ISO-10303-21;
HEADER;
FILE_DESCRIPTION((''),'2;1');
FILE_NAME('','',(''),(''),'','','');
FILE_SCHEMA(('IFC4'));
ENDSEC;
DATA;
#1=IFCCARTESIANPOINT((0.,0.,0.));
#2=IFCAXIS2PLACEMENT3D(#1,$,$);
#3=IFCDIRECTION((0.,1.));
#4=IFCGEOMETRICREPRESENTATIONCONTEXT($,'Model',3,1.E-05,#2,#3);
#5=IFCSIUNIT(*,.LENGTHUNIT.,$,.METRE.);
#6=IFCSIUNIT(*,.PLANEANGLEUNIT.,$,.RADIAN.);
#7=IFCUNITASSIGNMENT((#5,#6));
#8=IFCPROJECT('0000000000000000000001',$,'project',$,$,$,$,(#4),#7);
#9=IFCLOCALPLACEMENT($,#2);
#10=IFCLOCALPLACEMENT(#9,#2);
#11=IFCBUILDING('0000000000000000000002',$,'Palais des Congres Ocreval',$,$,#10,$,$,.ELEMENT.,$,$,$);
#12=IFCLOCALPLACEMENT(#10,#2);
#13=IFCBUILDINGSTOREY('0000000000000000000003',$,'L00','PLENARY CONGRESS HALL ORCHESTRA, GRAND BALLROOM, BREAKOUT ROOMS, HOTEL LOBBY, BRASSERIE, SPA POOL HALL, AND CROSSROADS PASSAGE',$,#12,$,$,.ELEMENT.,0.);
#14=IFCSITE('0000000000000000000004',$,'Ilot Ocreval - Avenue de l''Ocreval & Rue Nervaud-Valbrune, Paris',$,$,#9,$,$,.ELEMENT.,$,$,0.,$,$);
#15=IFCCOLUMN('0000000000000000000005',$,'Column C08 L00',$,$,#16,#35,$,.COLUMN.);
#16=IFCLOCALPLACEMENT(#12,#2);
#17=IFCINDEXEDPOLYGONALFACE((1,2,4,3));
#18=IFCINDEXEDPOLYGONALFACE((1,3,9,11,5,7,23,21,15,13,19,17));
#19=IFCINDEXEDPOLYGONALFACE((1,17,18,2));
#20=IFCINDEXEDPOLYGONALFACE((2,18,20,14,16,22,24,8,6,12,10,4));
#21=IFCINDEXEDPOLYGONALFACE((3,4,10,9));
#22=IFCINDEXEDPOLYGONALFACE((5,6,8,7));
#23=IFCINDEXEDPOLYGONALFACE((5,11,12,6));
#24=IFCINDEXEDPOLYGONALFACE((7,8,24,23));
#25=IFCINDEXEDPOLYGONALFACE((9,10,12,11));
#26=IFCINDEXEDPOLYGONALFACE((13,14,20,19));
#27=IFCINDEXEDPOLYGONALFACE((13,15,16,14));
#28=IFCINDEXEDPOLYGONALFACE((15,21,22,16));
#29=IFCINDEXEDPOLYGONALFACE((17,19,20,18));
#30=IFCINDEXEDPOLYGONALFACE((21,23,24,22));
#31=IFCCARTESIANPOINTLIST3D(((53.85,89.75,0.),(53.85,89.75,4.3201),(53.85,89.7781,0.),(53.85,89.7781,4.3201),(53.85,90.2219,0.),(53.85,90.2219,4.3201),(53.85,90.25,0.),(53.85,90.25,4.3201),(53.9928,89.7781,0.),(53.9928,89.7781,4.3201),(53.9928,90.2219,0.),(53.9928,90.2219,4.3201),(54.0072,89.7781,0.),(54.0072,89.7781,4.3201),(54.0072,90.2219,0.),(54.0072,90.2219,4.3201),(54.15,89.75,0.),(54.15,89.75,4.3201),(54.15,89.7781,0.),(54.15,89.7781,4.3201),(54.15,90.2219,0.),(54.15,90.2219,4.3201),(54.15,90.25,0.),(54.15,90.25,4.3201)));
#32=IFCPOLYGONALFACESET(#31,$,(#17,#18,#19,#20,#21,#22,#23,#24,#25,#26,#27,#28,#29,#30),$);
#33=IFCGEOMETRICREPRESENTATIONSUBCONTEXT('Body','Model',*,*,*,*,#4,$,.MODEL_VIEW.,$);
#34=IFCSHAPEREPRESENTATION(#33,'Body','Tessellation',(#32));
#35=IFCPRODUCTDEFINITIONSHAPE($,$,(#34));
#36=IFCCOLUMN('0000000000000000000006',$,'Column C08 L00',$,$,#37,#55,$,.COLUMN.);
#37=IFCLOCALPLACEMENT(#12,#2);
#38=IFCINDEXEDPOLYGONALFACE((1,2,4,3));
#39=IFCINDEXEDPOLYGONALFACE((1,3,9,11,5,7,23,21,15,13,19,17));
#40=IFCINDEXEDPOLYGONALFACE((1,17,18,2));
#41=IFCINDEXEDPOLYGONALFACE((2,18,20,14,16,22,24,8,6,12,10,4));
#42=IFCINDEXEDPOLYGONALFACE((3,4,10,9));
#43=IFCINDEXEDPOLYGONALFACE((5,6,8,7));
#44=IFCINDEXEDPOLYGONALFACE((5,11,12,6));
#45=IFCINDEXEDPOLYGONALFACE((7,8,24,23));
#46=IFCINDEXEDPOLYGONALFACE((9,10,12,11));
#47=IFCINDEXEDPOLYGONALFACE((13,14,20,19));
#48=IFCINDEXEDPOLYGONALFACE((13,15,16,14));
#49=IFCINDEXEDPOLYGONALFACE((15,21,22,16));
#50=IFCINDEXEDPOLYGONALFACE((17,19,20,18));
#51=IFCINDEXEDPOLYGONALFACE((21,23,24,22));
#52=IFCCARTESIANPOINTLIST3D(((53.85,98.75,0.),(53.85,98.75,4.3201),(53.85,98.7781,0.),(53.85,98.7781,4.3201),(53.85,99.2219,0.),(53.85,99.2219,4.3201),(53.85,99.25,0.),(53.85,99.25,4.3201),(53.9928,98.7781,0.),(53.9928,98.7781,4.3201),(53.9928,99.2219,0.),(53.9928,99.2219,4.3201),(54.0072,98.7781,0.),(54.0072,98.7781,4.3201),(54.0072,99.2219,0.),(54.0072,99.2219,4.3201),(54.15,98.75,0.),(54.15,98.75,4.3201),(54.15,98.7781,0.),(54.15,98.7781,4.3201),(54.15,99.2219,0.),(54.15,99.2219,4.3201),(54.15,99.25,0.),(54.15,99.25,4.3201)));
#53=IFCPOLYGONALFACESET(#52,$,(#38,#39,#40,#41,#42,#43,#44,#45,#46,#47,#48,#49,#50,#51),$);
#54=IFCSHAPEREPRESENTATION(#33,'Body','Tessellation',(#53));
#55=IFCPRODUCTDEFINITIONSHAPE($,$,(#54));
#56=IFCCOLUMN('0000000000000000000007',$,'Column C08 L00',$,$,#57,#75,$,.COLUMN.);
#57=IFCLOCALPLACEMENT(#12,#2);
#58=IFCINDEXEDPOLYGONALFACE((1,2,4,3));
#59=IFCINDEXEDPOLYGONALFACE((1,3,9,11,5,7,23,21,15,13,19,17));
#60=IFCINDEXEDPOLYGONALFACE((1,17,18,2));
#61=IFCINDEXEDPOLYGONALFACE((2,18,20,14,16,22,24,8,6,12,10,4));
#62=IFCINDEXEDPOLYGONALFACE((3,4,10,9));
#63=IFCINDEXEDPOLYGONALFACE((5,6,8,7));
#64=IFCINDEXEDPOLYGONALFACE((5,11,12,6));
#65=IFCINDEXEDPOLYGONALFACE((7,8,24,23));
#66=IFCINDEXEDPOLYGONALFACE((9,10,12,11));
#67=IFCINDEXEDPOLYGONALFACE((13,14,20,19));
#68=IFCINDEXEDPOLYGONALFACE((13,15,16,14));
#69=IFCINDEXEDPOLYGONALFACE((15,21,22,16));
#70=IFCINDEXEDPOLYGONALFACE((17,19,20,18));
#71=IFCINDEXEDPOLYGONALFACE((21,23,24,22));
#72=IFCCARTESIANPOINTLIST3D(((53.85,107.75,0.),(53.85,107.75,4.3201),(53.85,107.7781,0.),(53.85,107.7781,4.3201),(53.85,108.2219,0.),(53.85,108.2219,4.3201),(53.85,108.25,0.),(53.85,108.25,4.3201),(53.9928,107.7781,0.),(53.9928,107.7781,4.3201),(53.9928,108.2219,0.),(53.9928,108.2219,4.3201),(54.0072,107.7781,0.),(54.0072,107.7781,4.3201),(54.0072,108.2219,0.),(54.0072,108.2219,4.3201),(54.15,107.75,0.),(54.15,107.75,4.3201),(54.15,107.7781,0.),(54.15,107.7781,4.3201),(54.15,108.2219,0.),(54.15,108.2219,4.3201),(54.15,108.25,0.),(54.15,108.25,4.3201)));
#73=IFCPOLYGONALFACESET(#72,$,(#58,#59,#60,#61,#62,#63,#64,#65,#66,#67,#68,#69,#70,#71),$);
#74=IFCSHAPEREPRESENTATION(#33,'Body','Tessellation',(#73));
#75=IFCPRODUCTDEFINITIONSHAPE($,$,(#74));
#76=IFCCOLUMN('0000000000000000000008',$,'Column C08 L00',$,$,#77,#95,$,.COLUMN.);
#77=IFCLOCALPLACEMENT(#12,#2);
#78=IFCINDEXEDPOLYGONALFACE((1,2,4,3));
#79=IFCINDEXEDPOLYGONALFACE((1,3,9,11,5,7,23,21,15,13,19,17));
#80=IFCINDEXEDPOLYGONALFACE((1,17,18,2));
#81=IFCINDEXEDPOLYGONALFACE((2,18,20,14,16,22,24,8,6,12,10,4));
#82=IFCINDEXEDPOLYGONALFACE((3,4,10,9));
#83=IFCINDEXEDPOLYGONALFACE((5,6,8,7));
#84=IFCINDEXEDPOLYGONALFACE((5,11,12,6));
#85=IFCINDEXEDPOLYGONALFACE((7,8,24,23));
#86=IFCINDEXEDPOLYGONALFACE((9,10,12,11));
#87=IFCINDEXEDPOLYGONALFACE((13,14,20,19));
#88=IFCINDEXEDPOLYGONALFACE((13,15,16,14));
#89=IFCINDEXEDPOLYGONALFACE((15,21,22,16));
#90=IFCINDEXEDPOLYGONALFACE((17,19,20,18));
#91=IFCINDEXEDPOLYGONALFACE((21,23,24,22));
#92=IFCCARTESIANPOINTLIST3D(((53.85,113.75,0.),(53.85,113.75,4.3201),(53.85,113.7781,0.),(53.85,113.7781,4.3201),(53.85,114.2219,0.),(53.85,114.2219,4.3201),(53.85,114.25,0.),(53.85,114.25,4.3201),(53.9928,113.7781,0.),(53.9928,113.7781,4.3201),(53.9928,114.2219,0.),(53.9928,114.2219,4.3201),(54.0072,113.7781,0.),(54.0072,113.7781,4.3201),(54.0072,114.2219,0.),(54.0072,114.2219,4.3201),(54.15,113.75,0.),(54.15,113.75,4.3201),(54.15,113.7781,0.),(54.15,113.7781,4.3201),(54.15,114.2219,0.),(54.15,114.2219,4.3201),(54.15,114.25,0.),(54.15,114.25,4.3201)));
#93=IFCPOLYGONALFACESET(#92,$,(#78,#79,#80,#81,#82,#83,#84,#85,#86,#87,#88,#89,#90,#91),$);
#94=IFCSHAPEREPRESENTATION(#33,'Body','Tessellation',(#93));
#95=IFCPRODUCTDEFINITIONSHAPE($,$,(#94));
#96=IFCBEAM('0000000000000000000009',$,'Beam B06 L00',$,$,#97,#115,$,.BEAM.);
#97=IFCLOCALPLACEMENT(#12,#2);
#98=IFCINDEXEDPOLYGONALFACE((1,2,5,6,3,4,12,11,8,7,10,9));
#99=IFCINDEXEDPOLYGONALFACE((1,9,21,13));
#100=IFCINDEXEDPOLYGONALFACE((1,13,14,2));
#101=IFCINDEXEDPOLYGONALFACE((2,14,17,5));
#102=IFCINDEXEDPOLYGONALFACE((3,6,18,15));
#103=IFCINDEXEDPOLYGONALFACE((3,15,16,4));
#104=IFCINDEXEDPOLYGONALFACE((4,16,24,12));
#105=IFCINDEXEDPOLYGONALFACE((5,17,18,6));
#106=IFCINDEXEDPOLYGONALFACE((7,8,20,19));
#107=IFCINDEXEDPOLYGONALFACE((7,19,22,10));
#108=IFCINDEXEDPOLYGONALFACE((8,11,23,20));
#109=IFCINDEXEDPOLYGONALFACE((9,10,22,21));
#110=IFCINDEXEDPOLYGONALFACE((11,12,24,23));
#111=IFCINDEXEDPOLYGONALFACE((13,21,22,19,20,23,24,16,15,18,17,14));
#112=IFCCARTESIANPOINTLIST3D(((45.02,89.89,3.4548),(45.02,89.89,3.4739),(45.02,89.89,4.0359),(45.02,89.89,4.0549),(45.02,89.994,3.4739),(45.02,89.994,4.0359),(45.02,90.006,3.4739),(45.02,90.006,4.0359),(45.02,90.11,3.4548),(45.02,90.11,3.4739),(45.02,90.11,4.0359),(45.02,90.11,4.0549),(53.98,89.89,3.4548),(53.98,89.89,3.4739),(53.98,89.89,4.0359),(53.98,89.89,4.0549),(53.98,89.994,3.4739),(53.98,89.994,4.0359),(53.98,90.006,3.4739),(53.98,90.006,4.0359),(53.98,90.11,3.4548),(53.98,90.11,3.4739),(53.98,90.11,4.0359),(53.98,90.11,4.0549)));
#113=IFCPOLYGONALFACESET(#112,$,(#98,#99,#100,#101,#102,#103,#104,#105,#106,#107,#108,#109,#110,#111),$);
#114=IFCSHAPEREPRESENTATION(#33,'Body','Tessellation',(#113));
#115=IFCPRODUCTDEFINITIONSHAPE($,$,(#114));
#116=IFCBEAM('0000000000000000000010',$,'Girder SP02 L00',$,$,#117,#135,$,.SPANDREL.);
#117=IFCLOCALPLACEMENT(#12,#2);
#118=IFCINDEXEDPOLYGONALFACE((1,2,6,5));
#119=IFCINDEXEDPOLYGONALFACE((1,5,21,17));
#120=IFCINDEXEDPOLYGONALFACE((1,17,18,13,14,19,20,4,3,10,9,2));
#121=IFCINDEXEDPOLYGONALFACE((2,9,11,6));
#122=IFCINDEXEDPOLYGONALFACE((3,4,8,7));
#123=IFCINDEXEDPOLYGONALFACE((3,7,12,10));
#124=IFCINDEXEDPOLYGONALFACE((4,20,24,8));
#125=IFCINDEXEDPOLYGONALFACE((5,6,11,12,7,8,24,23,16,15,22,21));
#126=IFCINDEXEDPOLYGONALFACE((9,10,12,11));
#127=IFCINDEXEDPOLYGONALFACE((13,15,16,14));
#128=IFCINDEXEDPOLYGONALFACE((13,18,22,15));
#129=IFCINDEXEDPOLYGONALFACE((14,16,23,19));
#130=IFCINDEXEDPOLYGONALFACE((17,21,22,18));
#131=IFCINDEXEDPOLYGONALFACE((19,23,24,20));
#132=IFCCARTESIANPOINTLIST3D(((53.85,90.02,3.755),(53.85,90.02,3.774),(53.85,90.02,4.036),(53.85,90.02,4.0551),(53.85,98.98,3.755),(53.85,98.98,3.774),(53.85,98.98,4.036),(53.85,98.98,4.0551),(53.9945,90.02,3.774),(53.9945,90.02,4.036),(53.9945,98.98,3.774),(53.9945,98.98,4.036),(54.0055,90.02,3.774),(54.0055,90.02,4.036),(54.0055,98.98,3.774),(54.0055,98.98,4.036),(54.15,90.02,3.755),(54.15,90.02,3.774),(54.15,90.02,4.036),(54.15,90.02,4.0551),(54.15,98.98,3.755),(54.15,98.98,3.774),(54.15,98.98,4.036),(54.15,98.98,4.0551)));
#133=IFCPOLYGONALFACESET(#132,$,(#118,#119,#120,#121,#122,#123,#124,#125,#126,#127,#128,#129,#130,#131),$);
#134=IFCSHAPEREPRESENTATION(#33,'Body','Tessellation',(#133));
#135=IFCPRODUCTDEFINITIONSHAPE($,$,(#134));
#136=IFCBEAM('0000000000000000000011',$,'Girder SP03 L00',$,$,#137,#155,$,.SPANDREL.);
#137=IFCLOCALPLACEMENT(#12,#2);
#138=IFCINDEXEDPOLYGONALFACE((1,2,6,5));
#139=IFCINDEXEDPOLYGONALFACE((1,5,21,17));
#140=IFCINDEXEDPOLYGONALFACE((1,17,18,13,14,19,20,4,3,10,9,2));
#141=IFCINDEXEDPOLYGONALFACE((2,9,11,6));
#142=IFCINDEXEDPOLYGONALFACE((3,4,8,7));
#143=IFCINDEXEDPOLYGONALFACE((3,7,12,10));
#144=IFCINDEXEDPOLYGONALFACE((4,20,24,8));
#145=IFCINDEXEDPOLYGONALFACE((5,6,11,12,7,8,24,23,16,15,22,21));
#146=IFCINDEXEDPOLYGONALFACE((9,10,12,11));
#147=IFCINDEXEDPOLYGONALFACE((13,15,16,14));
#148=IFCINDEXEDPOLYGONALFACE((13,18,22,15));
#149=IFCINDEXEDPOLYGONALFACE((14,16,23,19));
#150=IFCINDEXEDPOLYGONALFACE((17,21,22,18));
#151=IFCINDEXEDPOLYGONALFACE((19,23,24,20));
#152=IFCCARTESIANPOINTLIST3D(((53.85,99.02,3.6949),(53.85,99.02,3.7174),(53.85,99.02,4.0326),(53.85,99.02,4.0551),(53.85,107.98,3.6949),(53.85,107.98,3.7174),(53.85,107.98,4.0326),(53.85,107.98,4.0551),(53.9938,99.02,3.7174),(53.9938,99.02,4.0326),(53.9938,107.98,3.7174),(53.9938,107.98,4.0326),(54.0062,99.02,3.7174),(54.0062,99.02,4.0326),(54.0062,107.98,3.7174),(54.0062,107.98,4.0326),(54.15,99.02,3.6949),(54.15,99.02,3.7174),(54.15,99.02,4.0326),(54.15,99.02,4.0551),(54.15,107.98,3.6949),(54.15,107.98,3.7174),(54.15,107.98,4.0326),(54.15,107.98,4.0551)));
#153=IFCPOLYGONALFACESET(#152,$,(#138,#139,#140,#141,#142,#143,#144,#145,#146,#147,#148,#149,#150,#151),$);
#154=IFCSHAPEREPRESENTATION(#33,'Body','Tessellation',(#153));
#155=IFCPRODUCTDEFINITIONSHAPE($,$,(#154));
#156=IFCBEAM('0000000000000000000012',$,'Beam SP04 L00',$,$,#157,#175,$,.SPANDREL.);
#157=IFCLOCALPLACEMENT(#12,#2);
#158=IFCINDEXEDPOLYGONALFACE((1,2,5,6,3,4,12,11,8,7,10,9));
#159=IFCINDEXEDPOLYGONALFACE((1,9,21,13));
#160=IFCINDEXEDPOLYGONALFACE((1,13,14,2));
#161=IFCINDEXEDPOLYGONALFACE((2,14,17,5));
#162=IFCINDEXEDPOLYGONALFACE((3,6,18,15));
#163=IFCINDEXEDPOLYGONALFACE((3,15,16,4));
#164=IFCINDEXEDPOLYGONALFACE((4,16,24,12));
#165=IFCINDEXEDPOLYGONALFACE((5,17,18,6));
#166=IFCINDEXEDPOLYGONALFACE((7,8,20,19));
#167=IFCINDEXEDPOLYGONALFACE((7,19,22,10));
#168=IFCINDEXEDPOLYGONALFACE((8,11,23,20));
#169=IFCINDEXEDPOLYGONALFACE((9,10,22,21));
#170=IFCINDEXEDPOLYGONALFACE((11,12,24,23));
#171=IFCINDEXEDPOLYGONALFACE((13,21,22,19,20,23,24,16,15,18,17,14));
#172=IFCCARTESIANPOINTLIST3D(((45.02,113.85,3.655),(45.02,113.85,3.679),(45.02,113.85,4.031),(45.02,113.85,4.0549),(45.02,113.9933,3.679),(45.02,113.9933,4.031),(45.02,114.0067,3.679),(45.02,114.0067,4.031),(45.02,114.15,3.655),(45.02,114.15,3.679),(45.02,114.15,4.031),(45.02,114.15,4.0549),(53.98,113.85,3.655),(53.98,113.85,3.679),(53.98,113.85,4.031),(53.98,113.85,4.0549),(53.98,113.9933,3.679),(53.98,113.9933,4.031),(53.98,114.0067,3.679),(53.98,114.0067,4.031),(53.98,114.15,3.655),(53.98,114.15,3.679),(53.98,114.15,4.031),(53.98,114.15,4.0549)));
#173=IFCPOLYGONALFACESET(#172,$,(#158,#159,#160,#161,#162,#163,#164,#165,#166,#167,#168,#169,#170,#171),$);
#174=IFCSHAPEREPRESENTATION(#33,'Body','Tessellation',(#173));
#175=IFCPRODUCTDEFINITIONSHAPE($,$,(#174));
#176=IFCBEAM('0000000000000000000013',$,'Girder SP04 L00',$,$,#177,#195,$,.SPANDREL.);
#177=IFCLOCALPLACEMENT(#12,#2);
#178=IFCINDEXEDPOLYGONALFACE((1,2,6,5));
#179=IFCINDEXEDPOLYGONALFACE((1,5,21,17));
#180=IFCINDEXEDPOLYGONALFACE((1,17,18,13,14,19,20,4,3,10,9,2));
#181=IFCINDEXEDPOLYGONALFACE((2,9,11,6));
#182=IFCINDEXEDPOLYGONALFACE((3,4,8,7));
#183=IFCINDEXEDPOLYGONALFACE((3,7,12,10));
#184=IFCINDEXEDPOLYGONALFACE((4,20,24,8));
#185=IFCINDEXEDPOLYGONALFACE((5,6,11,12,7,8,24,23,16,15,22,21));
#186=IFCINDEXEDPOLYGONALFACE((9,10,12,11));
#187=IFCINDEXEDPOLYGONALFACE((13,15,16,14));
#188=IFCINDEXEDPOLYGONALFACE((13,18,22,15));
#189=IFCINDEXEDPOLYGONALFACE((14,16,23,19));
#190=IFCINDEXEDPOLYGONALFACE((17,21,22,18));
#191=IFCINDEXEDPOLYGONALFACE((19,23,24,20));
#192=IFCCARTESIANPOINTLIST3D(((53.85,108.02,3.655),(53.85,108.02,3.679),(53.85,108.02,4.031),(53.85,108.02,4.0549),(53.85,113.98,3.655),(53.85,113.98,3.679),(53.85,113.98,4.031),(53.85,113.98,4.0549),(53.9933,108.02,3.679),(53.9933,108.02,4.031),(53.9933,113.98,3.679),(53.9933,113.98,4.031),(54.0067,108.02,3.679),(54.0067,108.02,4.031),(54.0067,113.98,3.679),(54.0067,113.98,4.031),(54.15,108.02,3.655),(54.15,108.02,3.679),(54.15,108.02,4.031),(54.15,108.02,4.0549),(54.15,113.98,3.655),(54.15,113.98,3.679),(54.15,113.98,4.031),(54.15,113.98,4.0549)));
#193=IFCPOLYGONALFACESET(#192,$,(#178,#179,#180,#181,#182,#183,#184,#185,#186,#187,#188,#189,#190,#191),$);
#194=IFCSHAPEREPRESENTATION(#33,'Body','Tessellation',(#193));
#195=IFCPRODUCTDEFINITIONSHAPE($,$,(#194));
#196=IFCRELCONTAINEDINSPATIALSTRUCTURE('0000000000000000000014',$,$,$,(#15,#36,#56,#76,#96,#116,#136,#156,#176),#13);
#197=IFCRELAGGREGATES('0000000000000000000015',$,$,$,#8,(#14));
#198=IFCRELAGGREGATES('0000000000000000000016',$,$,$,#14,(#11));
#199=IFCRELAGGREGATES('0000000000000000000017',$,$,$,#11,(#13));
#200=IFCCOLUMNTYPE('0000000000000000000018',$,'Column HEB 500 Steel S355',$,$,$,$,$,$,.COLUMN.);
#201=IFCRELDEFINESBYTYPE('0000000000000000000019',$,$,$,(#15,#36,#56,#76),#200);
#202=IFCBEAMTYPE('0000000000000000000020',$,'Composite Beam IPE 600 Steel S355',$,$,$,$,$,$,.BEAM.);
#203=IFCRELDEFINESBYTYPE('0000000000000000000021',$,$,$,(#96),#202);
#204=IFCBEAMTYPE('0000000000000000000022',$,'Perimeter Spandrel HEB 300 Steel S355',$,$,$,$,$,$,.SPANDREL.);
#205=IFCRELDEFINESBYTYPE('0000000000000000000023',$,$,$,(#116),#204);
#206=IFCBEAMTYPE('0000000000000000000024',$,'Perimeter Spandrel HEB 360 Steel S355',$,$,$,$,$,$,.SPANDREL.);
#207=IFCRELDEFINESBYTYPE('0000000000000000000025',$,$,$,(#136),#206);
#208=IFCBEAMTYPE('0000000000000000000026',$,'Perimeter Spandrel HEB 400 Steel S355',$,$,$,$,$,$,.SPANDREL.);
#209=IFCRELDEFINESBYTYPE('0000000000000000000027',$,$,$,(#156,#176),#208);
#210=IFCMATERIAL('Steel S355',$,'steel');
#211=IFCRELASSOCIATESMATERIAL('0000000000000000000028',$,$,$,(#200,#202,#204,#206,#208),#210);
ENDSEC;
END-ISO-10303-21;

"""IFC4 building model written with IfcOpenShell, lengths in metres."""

from ifc_helpers import new_model, si_unit, direction, frame, origin, origin_2d, place, context, subcontext, project, spatial, i_section, extrude, material, material_profile, profile_set, type_object, element, save


model = new_model("IFC4")

# Units and contexts
model_context = context("Model", 3, precision=1e-05, world=origin(), true_north=direction((0.0, 1.0)))
body_context = subcontext(model_context, "Body", "Model", "MODEL_VIEW")
ifc_project = project(units=[si_unit("LENGTHUNIT", "METRE"), si_unit("PLANEANGLEUNIT", "RADIAN")], contexts=[model_context])

# Site, building, storey
site_placement = place(None, origin())
site = spatial("IfcSite", under=ifc_project, at=site_placement, Name="Ilot Ocreval - Avenue de l'Ocreval & Rue Nervaud-Valbrune, Paris", CompositionType="ELEMENT", RefElevation=0.0)
building_placement = place(site_placement, origin())
building = spatial("IfcBuilding", under=site, at=building_placement, Name="Palais des Congres Ocreval", CompositionType="ELEMENT")
storey_placement = place(building_placement, origin())
storey = spatial("IfcBuildingStorey", under=building, at=storey_placement, Name="L00", Description="PLENARY CONGRESS HALL ORCHESTRA, GRAND BALLROOM, BREAKOUT ROOMS, HOTEL LOBBY, BRASSERIE, SPA POOL HALL, AND CROSSROADS PASSAGE", CompositionType="ELEMENT", Elevation=0.0)

# Columns
ifc_material_1 = material(Name="Steel S355", Category="steel")
ifc_material_profile_1 = material_profile(ifc_material_1, i_section(OverallWidth=0.3, OverallDepth=0.5, WebThickness=0.0144, FlangeThickness=0.0281, at=origin_2d()), Name="HEB 500")
ifc_profile_set_1 = profile_set([ifc_material_profile_1], Name="Steel S355")
column_type = type_object("IfcColumnType", Name="Column HEB 500 Steel S355", PredefinedType="COLUMN", material=ifc_profile_set_1)
for number, where, z_axis, x_axis, name in (
    (1, (54.0, 90.0, 0.0), (0.0, 0.0, 1.0), (1.0, 0.0, 0.0), "Column C08 L00"),
    (2, (54.0, 99.0, 0.0), (0.0, 0.0, 1.0), (1.0, 0.0, 0.0), "Column C08 L00"),
    (3, (54.0, 108.0, 0.0), (0.0, 0.0, 1.0), (1.0, 0.0, 0.0), "Column C08 L00"),
    (4, (54.0, 114.0, 0.0), (0.0, 0.0, 1.0), (1.0, 0.0, 0.0), "Column C08 L00"),
):
    element("IfcColumn", number, at=place(storey_placement, frame(where, z_axis=z_axis, x_axis=x_axis)), inside=storey, type_object=column_type, Name=name, PredefinedType="COLUMN", context=body_context, shape_type="SweptSolid", body=[
        extrude(i_section(OverallWidth=0.3, OverallDepth=0.5, WebThickness=0.0144, FlangeThickness=0.0281, at=origin_2d()), origin(), (0.0, 0.0, 1.0), 4.3201),
    ])

# Beams
ifc_material_profile_2 = material_profile(ifc_material_1, i_section(OverallWidth=0.22, OverallDepth=0.6001, WebThickness=0.012, FlangeThickness=0.019, at=origin_2d()), Name="IPE 600")
ifc_profile_set_2 = profile_set([ifc_material_profile_2], Name="Steel S355")
beam_type_1 = type_object("IfcBeamType", Name="Composite Beam IPE 600 Steel S355", PredefinedType="BEAM", material=ifc_profile_set_2)
beam_1_placement = place(storey_placement, frame((45.02, 90.0, 3.7549), z_axis=(1.0, 0.0, 0.0), x_axis=(0.0, 1.0, 0.0)))
element("IfcBeam", 5, at=beam_1_placement, inside=storey, type_object=beam_type_1, Name="Beam B06 L00", PredefinedType="BEAM", context=body_context, shape_type="SweptSolid", body=[
    extrude(i_section(OverallWidth=0.22, OverallDepth=0.6001, WebThickness=0.012, FlangeThickness=0.019, at=origin_2d()), origin(), (0.0, 0.0, 1.0), 8.96),
])
ifc_material_profile_3 = material_profile(ifc_material_1, i_section(OverallWidth=0.3, OverallDepth=0.3, WebThickness=0.011, FlangeThickness=0.019, at=origin_2d()), Name="HEB 300")
ifc_profile_set_3 = profile_set([ifc_material_profile_3], Name="Steel S355")
beam_type_2 = type_object("IfcBeamType", Name="Perimeter Spandrel HEB 300 Steel S355", PredefinedType="SPANDREL", material=ifc_profile_set_3)
beam_2_placement = place(storey_placement, frame((54.0, 90.02, 3.905), z_axis=(0.0, 1.0, 0.0), x_axis=(-1.0, 0.0, 0.0)))
element("IfcBeam", 6, at=beam_2_placement, inside=storey, type_object=beam_type_2, Name="Girder SP02 L00", PredefinedType="SPANDREL", context=body_context, shape_type="SweptSolid", body=[
    extrude(i_section(OverallWidth=0.3, OverallDepth=0.3, WebThickness=0.011, FlangeThickness=0.019, at=origin_2d()), origin(), (0.0, 0.0, 1.0), 8.96),
])
ifc_material_profile_4 = material_profile(ifc_material_1, i_section(OverallWidth=0.3, OverallDepth=0.3601, WebThickness=0.0125, FlangeThickness=0.0225, at=origin_2d()), Name="HEB 360")
ifc_profile_set_4 = profile_set([ifc_material_profile_4], Name="Steel S355")
beam_type_3 = type_object("IfcBeamType", Name="Perimeter Spandrel HEB 360 Steel S355", PredefinedType="SPANDREL", material=ifc_profile_set_4)
beam_3_placement = place(storey_placement, frame((54.0, 99.02, 3.875), z_axis=(0.0, 1.0, 0.0), x_axis=(-1.0, 0.0, 0.0)))
element("IfcBeam", 7, at=beam_3_placement, inside=storey, type_object=beam_type_3, Name="Girder SP03 L00", PredefinedType="SPANDREL", context=body_context, shape_type="SweptSolid", body=[
    extrude(i_section(OverallWidth=0.3, OverallDepth=0.3601, WebThickness=0.0125, FlangeThickness=0.0225, at=origin_2d()), origin(), (0.0, 0.0, 1.0), 8.96),
])
ifc_material_profile_5 = material_profile(ifc_material_1, i_section(OverallWidth=0.3, OverallDepth=0.3999, WebThickness=0.0134, FlangeThickness=0.0239, at=origin_2d()), Name="HEB 400")
ifc_profile_set_5 = profile_set([ifc_material_profile_5], Name="Steel S355")
beam_type_4 = type_object("IfcBeamType", Name="Perimeter Spandrel HEB 400 Steel S355", PredefinedType="SPANDREL", material=ifc_profile_set_5)
beam_4_placement = place(storey_placement, frame((45.02, 114.0, 3.855), z_axis=(1.0, 0.0, 0.0), x_axis=(0.0, 1.0, 0.0)))
element("IfcBeam", 8, at=beam_4_placement, inside=storey, type_object=beam_type_4, Name="Beam SP04 L00", PredefinedType="SPANDREL", context=body_context, shape_type="SweptSolid", body=[
    extrude(i_section(OverallWidth=0.3, OverallDepth=0.3999, WebThickness=0.0134, FlangeThickness=0.0239, at=origin_2d()), origin(), (0.0, 0.0, 1.0), 8.96),
])
beam_5_placement = place(storey_placement, frame((54.0, 108.02, 3.855), z_axis=(0.0, 1.0, 0.0), x_axis=(-1.0, 0.0, 0.0)))
element("IfcBeam", 9, at=beam_5_placement, inside=storey, type_object=beam_type_4, Name="Girder SP04 L00", PredefinedType="SPANDREL", context=body_context, shape_type="SweptSolid", body=[
    extrude(i_section(OverallWidth=0.3, OverallDepth=0.3999, WebThickness=0.0134, FlangeThickness=0.0239, at=origin_2d()), origin(), (0.0, 0.0, 1.0), 5.96),
])

save(model, "model.ifc")
